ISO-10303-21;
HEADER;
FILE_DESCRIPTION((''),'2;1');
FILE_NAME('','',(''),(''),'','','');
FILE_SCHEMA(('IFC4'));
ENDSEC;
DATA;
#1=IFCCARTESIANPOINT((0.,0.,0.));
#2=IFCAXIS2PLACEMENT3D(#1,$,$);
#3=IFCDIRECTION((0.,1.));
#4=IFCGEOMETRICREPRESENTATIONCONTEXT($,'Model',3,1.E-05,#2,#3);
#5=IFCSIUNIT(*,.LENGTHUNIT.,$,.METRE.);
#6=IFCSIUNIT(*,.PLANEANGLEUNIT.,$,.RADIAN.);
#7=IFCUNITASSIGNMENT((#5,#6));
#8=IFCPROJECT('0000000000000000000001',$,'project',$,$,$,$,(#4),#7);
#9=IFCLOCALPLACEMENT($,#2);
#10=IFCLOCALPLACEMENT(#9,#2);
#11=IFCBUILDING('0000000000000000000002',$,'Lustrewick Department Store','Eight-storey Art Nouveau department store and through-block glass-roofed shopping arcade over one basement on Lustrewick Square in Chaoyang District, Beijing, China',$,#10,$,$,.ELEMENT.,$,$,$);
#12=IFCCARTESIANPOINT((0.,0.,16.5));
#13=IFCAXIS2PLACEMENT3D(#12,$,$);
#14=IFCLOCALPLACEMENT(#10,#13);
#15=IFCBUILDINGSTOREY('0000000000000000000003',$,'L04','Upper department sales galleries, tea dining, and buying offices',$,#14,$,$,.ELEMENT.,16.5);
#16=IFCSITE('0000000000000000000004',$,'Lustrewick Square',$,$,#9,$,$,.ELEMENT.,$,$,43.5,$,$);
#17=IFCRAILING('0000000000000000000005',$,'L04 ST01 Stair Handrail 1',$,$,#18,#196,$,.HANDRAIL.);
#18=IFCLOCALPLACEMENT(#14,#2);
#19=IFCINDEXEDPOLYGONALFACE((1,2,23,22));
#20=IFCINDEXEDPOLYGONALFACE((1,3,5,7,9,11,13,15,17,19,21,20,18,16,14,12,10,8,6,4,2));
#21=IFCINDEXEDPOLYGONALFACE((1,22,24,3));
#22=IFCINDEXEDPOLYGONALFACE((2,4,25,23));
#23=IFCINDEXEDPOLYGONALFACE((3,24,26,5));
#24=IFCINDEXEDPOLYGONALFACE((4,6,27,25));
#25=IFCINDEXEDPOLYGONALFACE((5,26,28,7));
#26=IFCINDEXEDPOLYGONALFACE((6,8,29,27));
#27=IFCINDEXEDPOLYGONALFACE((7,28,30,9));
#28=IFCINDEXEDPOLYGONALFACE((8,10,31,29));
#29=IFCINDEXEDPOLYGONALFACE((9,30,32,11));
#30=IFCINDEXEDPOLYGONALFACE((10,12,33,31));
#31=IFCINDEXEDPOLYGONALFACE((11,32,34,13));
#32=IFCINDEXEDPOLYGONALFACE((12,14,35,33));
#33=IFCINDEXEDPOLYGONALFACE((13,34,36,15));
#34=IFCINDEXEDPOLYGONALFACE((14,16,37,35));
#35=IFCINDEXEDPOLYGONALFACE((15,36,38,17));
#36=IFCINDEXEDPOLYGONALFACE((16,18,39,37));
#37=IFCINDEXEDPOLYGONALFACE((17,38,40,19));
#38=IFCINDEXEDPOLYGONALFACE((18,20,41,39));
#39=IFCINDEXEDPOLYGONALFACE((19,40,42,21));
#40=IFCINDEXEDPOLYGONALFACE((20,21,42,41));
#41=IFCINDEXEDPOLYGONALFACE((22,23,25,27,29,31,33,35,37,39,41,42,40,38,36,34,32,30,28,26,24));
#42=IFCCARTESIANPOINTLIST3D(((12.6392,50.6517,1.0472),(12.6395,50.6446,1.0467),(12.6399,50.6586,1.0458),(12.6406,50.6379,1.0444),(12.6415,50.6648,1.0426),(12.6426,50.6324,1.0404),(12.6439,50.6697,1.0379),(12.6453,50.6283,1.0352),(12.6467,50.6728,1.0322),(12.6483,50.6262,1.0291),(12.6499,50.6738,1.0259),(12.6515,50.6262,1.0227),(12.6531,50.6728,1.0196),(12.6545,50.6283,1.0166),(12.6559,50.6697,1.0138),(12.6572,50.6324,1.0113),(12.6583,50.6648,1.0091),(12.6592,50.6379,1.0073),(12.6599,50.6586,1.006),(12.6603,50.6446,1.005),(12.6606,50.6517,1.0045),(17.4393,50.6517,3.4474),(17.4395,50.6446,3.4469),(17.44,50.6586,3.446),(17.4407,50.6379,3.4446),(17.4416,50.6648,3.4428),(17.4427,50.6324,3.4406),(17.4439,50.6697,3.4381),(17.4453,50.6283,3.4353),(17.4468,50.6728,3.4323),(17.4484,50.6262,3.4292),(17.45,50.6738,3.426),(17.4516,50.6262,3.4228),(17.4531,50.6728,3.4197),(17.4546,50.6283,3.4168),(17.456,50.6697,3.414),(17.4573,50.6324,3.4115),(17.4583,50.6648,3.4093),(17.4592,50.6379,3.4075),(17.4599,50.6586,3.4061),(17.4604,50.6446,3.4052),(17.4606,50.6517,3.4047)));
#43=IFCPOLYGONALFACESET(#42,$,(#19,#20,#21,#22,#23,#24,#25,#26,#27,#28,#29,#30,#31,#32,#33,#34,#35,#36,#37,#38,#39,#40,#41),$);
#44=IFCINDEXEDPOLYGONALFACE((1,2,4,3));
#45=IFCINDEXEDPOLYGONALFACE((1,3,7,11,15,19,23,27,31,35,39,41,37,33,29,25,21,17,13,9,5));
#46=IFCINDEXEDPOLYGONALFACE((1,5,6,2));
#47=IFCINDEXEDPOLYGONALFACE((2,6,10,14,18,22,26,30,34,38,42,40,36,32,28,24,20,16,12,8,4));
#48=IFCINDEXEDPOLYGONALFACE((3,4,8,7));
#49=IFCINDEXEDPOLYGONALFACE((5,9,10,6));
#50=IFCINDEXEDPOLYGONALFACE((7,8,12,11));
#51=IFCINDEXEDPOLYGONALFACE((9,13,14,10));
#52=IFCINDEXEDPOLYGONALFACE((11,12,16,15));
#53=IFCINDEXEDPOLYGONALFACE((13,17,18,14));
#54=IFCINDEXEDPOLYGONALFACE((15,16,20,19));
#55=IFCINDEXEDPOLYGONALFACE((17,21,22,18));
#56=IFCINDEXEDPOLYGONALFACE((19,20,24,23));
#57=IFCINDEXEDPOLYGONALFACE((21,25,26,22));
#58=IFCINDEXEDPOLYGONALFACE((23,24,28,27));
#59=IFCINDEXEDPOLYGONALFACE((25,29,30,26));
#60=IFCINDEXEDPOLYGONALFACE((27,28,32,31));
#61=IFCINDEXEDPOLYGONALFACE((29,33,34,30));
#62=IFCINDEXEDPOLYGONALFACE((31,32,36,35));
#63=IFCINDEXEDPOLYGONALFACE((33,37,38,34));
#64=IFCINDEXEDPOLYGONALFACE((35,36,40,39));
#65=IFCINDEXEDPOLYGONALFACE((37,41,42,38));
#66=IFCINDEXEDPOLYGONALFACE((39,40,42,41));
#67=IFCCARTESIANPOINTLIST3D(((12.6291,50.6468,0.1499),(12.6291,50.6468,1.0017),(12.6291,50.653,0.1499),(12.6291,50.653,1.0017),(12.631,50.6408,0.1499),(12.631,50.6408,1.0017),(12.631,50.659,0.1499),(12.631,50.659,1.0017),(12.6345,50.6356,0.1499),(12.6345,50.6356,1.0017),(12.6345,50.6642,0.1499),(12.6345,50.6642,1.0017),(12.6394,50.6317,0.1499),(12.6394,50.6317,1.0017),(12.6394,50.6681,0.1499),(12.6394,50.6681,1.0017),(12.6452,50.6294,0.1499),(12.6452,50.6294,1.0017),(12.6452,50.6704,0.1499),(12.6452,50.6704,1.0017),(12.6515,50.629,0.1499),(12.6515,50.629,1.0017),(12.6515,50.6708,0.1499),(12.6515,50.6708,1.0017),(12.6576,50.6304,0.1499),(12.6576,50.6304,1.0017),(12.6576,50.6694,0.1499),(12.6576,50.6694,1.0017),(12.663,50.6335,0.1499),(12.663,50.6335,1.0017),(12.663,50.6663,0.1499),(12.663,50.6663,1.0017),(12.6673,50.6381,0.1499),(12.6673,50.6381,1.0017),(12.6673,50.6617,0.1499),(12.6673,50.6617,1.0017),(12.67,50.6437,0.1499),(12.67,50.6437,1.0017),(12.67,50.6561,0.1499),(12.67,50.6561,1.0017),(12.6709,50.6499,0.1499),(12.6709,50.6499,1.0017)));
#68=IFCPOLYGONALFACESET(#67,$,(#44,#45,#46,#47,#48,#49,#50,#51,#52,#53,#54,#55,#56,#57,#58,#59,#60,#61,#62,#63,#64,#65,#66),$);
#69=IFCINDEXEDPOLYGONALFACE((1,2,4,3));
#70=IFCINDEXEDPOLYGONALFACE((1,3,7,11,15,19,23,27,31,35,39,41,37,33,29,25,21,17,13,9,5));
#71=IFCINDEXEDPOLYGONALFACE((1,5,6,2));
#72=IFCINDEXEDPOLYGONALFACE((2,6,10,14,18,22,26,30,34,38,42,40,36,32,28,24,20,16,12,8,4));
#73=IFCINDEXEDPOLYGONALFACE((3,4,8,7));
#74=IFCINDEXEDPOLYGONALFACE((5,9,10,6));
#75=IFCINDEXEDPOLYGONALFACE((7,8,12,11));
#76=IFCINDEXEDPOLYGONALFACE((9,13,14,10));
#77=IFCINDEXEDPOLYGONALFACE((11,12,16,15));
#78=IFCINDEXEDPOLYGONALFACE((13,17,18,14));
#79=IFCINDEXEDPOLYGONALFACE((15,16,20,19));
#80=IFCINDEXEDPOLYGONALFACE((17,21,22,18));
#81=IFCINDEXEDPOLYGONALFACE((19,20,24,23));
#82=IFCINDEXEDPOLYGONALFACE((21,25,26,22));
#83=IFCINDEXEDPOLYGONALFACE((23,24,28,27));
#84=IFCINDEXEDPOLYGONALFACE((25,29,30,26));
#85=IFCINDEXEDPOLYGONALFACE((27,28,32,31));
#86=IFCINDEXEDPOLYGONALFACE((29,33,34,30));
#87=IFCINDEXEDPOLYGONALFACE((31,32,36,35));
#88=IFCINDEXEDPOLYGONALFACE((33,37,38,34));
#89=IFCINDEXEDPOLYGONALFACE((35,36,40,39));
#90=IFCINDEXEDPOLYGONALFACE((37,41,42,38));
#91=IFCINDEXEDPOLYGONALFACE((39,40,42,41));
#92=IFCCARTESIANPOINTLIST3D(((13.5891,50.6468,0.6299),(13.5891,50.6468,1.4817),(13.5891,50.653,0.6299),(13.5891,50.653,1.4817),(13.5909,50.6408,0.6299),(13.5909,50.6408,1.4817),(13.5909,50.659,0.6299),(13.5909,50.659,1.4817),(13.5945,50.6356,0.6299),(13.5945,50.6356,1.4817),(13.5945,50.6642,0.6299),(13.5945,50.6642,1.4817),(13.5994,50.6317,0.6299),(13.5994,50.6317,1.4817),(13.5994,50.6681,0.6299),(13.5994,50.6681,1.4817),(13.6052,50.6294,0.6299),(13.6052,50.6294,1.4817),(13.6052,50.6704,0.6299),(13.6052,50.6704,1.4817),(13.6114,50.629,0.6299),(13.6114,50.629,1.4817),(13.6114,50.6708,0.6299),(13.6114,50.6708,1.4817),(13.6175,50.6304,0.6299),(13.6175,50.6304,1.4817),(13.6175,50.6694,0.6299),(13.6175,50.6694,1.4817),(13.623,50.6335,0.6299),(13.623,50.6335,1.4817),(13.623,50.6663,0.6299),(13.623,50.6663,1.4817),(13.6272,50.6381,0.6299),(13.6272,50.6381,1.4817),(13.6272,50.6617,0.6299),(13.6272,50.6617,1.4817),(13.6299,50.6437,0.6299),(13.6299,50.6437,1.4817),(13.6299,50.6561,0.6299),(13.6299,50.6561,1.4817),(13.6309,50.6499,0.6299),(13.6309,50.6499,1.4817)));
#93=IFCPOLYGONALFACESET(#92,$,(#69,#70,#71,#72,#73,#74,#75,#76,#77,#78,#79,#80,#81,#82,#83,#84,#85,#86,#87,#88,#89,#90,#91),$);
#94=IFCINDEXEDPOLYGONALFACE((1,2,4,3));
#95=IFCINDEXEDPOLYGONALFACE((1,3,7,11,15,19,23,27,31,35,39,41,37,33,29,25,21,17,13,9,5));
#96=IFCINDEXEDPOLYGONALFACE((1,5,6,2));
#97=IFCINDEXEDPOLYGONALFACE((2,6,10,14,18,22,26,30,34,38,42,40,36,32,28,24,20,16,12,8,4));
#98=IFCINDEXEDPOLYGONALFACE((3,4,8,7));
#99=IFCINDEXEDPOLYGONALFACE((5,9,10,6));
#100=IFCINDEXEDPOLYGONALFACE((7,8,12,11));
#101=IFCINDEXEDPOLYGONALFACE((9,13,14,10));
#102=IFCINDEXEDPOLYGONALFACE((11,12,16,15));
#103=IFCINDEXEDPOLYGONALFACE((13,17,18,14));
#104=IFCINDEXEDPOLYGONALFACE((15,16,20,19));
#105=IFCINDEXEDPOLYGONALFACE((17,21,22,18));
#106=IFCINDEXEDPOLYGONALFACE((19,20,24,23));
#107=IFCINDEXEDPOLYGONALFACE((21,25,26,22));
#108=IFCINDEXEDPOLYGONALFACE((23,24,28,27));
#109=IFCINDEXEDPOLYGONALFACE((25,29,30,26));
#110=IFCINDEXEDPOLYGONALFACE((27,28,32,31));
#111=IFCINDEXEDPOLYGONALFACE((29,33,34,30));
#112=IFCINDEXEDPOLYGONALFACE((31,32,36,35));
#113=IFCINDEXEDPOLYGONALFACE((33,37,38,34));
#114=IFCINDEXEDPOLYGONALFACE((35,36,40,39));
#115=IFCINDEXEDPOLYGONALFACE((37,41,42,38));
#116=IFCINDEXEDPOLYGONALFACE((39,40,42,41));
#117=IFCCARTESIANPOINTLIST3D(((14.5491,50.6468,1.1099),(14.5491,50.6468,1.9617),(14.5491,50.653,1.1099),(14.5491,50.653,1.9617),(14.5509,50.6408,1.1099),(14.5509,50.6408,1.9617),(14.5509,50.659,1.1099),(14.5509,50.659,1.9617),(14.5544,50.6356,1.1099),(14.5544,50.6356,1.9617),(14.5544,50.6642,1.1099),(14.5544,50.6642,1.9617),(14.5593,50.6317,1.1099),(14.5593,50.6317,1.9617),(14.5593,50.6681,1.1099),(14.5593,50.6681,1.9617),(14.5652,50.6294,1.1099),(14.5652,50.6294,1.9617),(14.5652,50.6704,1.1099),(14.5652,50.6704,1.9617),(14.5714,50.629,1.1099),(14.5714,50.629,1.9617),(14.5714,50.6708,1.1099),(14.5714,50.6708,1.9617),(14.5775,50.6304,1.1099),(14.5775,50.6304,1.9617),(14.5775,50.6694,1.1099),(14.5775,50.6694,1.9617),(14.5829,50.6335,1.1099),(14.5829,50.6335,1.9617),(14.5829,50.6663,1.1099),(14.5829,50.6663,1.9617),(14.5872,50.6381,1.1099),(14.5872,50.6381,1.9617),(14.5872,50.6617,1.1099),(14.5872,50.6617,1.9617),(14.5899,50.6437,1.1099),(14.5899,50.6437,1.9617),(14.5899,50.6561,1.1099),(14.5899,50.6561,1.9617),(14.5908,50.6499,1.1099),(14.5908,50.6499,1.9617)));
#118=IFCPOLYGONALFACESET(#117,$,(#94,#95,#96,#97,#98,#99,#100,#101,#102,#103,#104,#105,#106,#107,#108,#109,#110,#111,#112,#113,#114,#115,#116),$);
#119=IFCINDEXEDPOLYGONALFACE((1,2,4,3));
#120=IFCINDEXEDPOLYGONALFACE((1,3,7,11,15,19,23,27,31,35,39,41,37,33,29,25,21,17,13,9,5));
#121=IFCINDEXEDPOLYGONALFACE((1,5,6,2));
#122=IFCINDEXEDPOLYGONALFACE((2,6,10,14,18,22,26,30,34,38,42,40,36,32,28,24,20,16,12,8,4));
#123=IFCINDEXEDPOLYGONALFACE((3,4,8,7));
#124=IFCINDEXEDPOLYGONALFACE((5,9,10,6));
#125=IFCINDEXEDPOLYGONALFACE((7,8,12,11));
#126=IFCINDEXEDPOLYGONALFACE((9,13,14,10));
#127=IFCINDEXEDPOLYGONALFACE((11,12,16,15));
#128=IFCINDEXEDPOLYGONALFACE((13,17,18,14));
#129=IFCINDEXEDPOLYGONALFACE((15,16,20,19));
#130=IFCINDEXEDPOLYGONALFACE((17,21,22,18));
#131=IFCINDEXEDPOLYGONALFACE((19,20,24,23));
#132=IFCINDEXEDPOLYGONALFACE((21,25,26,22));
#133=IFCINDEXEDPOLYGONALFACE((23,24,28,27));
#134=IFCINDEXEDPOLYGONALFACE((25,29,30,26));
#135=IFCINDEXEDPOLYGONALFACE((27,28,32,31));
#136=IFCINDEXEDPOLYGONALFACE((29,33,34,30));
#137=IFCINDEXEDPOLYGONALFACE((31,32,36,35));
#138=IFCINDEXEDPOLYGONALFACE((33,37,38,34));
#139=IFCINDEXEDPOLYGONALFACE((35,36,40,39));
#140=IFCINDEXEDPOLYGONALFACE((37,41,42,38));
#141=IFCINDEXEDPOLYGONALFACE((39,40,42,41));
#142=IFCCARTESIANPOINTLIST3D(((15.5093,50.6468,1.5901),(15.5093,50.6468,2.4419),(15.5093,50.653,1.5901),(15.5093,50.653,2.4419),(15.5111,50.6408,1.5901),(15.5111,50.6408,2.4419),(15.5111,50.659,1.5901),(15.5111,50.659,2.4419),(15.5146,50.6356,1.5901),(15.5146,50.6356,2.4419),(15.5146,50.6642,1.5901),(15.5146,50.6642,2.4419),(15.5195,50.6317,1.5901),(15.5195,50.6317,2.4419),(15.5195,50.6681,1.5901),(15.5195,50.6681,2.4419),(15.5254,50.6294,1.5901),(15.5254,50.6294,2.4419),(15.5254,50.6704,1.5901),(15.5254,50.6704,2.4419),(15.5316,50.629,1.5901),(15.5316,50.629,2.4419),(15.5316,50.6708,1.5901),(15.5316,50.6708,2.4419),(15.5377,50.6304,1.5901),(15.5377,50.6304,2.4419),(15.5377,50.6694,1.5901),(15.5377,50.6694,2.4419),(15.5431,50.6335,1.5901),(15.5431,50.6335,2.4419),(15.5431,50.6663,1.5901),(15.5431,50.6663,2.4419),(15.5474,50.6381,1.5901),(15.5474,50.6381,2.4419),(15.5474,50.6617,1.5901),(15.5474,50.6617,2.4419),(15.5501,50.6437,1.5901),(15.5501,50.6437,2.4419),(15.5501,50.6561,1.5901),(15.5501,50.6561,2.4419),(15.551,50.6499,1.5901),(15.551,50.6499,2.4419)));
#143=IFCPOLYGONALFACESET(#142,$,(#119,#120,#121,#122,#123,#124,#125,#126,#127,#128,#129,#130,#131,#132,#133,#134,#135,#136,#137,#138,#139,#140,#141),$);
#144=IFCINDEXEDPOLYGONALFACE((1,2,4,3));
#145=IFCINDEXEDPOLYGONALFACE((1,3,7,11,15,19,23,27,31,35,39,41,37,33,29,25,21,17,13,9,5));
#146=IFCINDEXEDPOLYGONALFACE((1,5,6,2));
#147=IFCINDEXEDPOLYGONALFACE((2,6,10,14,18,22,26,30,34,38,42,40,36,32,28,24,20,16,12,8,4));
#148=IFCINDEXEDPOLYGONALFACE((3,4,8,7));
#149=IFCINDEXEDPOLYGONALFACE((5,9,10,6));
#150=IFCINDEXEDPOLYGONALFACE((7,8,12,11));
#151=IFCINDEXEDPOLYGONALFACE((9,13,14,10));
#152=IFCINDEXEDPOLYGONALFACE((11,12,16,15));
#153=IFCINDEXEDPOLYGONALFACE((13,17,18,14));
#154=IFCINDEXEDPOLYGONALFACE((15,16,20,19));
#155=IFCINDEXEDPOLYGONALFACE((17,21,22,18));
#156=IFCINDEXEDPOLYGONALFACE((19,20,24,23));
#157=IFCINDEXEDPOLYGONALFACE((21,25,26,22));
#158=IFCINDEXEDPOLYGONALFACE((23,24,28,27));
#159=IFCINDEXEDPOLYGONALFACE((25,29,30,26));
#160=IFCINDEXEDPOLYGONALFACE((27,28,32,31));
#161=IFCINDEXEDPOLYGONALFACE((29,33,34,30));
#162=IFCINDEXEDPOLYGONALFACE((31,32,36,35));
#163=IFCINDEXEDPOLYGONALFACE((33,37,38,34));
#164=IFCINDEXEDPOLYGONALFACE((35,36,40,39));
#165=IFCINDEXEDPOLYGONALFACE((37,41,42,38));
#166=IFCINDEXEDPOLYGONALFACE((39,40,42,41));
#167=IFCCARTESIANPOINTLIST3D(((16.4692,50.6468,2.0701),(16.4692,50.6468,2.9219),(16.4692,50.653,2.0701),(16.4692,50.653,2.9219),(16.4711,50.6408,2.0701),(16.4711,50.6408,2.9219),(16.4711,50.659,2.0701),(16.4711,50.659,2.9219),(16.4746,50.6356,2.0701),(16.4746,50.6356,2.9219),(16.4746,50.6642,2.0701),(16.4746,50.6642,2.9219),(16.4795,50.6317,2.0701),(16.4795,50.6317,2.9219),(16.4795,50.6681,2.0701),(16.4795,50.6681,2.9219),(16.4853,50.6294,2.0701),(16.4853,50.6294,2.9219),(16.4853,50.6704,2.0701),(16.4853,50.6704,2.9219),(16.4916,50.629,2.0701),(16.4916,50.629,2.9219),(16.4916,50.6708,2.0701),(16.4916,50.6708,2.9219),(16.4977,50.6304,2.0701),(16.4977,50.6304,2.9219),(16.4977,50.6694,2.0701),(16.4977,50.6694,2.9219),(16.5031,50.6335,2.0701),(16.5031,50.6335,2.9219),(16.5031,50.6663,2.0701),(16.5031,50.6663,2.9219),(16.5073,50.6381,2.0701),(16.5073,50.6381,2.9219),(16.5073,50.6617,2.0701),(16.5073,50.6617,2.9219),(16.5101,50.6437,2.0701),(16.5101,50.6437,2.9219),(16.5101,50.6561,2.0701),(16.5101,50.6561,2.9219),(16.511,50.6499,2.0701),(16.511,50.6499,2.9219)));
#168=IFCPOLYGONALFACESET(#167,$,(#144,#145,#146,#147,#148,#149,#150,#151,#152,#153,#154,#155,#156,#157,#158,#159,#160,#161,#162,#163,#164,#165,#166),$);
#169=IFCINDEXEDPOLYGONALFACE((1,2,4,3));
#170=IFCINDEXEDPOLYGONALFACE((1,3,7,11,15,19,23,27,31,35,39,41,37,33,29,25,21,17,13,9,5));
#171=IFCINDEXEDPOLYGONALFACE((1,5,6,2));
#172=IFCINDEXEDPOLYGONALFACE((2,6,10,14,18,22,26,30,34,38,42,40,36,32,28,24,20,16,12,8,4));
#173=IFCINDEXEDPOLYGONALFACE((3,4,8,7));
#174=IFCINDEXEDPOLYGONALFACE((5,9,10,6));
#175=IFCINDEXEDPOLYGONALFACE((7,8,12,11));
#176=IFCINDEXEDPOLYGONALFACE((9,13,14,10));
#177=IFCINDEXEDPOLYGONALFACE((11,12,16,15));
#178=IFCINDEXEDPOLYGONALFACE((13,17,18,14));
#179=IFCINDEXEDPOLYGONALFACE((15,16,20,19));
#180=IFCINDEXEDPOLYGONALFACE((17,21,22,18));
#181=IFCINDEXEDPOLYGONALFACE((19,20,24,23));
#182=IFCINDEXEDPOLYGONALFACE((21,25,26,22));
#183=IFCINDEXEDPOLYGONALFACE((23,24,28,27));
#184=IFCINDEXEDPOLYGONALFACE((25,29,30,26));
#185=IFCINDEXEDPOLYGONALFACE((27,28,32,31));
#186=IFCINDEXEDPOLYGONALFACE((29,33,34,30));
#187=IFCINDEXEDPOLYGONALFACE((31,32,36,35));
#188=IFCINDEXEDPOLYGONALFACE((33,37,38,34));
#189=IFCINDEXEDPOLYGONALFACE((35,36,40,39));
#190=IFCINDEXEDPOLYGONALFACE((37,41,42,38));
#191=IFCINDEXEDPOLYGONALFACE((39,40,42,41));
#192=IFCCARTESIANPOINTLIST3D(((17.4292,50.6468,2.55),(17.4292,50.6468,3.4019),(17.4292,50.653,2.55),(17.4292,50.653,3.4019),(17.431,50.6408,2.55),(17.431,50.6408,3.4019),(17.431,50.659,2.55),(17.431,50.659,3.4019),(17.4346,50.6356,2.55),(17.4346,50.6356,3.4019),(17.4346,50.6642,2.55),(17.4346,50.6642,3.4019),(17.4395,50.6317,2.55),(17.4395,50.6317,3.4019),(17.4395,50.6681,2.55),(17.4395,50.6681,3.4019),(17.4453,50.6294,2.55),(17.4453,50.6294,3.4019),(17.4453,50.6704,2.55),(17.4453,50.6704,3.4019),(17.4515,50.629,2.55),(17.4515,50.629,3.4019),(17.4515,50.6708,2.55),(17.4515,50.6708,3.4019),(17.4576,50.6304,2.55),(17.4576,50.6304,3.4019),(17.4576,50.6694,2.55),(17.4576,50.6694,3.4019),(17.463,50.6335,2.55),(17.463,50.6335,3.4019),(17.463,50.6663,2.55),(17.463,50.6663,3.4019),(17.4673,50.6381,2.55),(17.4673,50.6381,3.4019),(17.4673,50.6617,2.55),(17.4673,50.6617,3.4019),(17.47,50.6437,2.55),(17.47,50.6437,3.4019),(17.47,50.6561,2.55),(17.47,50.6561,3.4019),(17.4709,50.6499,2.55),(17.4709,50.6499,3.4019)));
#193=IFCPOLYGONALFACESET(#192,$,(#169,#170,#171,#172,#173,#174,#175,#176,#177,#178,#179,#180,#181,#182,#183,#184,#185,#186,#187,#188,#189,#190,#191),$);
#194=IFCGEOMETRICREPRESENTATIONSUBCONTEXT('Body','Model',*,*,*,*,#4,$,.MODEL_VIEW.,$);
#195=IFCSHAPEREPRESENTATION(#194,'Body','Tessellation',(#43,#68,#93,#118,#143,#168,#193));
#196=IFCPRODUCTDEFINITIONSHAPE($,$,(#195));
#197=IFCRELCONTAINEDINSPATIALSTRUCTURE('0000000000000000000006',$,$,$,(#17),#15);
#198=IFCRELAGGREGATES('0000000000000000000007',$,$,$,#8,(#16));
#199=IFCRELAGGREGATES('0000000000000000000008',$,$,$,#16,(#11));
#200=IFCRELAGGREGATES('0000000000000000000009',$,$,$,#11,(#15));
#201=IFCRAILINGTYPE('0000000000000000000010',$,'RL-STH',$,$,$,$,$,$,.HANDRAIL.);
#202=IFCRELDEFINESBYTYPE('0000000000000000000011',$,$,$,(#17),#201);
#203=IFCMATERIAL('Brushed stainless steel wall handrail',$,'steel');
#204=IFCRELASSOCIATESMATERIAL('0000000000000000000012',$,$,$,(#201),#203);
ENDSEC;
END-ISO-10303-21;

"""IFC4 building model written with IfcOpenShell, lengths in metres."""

from ifc_helpers import new_model, si_unit, direction, frame, origin, origin_2d, place, context, subcontext, project, spatial, circle, extrude, material, type_object, element, save


model = new_model("IFC4")

# Units and contexts
model_context = context("Model", 3, precision=1e-05, world=origin(), true_north=direction((0.0, 1.0)))
body_context = subcontext(model_context, "Body", "Model", "MODEL_VIEW")
ifc_project = project(units=[si_unit("LENGTHUNIT", "METRE"), si_unit("PLANEANGLEUNIT", "RADIAN")], contexts=[model_context])

# Site, building, storey
site_placement = place(None, origin())
site = spatial("IfcSite", under=ifc_project, at=site_placement, Name="Lustrewick Square", CompositionType="ELEMENT", RefElevation=43.5)
building_placement = place(site_placement, origin())
building = spatial("IfcBuilding", under=site, at=building_placement, Name="Lustrewick Department Store", Description="Eight-storey Art Nouveau department store and through-block glass-roofed shopping arcade over one basement on Lustrewick Square in Chaoyang District, Beijing, China", CompositionType="ELEMENT")
storey_placement = place(building_placement, frame((0.0, 0.0, 16.5)))
storey = spatial("IfcBuildingStorey", under=building, at=storey_placement, Name="L04", Description="Upper department sales galleries, tea dining, and buying offices", CompositionType="ELEMENT", Elevation=16.5)

# Railing
ifc_material_1 = material(Name="Brushed stainless steel wall handrail", Category="steel")
railing_type_1 = type_object("IfcRailingType", Name="RL-STH", PredefinedType="HANDRAIL", material=ifc_material_1)
railing_1_placement = place(storey_placement, frame((12.6499, 50.6499, 0.1499)))
element("IfcRailing", 1, at=railing_1_placement, inside=storey, type_object=railing_type_1, Name="L04 ST01 Stair Handrail 1", PredefinedType="HANDRAIL", context=body_context, shape_type="SweptSolid", body=[
    extrude(circle(Radius=0.0239, at=origin_2d()), frame((0.0, 0.0, 0.876), z_axis=(0.894418, 0.0, 0.447232), x_axis=(0.0, 1.0, 0.0)), (0.0, 0.0, 1.0), 5.3667),
    extrude(circle(Radius=0.021, at=origin_2d()), origin(), (0.0, 0.0, 1.0), 0.8518),
    extrude(circle(Radius=0.021, at=origin_2d()), frame((0.96, 0.0, 0.48)), (0.0, 0.0, 1.0), 0.8518),
    extrude(circle(Radius=0.021, at=origin_2d()), frame((1.9199, 0.0, 0.96)), (0.0, 0.0, 1.0), 0.8518),
    extrude(circle(Radius=0.021, at=origin_2d()), frame((2.8801, 0.0, 1.4402)), (0.0, 0.0, 1.0), 0.8518),
    extrude(circle(Radius=0.021, at=origin_2d()), frame((3.8401, 0.0, 1.9202)), (0.0, 0.0, 1.0), 0.8518),
    extrude(circle(Radius=0.021, at=origin_2d()), frame((4.8, 0.0, 2.4001)), (0.0, 0.0, 1.0), 0.8518),
])

save(model, "model.ifc")
